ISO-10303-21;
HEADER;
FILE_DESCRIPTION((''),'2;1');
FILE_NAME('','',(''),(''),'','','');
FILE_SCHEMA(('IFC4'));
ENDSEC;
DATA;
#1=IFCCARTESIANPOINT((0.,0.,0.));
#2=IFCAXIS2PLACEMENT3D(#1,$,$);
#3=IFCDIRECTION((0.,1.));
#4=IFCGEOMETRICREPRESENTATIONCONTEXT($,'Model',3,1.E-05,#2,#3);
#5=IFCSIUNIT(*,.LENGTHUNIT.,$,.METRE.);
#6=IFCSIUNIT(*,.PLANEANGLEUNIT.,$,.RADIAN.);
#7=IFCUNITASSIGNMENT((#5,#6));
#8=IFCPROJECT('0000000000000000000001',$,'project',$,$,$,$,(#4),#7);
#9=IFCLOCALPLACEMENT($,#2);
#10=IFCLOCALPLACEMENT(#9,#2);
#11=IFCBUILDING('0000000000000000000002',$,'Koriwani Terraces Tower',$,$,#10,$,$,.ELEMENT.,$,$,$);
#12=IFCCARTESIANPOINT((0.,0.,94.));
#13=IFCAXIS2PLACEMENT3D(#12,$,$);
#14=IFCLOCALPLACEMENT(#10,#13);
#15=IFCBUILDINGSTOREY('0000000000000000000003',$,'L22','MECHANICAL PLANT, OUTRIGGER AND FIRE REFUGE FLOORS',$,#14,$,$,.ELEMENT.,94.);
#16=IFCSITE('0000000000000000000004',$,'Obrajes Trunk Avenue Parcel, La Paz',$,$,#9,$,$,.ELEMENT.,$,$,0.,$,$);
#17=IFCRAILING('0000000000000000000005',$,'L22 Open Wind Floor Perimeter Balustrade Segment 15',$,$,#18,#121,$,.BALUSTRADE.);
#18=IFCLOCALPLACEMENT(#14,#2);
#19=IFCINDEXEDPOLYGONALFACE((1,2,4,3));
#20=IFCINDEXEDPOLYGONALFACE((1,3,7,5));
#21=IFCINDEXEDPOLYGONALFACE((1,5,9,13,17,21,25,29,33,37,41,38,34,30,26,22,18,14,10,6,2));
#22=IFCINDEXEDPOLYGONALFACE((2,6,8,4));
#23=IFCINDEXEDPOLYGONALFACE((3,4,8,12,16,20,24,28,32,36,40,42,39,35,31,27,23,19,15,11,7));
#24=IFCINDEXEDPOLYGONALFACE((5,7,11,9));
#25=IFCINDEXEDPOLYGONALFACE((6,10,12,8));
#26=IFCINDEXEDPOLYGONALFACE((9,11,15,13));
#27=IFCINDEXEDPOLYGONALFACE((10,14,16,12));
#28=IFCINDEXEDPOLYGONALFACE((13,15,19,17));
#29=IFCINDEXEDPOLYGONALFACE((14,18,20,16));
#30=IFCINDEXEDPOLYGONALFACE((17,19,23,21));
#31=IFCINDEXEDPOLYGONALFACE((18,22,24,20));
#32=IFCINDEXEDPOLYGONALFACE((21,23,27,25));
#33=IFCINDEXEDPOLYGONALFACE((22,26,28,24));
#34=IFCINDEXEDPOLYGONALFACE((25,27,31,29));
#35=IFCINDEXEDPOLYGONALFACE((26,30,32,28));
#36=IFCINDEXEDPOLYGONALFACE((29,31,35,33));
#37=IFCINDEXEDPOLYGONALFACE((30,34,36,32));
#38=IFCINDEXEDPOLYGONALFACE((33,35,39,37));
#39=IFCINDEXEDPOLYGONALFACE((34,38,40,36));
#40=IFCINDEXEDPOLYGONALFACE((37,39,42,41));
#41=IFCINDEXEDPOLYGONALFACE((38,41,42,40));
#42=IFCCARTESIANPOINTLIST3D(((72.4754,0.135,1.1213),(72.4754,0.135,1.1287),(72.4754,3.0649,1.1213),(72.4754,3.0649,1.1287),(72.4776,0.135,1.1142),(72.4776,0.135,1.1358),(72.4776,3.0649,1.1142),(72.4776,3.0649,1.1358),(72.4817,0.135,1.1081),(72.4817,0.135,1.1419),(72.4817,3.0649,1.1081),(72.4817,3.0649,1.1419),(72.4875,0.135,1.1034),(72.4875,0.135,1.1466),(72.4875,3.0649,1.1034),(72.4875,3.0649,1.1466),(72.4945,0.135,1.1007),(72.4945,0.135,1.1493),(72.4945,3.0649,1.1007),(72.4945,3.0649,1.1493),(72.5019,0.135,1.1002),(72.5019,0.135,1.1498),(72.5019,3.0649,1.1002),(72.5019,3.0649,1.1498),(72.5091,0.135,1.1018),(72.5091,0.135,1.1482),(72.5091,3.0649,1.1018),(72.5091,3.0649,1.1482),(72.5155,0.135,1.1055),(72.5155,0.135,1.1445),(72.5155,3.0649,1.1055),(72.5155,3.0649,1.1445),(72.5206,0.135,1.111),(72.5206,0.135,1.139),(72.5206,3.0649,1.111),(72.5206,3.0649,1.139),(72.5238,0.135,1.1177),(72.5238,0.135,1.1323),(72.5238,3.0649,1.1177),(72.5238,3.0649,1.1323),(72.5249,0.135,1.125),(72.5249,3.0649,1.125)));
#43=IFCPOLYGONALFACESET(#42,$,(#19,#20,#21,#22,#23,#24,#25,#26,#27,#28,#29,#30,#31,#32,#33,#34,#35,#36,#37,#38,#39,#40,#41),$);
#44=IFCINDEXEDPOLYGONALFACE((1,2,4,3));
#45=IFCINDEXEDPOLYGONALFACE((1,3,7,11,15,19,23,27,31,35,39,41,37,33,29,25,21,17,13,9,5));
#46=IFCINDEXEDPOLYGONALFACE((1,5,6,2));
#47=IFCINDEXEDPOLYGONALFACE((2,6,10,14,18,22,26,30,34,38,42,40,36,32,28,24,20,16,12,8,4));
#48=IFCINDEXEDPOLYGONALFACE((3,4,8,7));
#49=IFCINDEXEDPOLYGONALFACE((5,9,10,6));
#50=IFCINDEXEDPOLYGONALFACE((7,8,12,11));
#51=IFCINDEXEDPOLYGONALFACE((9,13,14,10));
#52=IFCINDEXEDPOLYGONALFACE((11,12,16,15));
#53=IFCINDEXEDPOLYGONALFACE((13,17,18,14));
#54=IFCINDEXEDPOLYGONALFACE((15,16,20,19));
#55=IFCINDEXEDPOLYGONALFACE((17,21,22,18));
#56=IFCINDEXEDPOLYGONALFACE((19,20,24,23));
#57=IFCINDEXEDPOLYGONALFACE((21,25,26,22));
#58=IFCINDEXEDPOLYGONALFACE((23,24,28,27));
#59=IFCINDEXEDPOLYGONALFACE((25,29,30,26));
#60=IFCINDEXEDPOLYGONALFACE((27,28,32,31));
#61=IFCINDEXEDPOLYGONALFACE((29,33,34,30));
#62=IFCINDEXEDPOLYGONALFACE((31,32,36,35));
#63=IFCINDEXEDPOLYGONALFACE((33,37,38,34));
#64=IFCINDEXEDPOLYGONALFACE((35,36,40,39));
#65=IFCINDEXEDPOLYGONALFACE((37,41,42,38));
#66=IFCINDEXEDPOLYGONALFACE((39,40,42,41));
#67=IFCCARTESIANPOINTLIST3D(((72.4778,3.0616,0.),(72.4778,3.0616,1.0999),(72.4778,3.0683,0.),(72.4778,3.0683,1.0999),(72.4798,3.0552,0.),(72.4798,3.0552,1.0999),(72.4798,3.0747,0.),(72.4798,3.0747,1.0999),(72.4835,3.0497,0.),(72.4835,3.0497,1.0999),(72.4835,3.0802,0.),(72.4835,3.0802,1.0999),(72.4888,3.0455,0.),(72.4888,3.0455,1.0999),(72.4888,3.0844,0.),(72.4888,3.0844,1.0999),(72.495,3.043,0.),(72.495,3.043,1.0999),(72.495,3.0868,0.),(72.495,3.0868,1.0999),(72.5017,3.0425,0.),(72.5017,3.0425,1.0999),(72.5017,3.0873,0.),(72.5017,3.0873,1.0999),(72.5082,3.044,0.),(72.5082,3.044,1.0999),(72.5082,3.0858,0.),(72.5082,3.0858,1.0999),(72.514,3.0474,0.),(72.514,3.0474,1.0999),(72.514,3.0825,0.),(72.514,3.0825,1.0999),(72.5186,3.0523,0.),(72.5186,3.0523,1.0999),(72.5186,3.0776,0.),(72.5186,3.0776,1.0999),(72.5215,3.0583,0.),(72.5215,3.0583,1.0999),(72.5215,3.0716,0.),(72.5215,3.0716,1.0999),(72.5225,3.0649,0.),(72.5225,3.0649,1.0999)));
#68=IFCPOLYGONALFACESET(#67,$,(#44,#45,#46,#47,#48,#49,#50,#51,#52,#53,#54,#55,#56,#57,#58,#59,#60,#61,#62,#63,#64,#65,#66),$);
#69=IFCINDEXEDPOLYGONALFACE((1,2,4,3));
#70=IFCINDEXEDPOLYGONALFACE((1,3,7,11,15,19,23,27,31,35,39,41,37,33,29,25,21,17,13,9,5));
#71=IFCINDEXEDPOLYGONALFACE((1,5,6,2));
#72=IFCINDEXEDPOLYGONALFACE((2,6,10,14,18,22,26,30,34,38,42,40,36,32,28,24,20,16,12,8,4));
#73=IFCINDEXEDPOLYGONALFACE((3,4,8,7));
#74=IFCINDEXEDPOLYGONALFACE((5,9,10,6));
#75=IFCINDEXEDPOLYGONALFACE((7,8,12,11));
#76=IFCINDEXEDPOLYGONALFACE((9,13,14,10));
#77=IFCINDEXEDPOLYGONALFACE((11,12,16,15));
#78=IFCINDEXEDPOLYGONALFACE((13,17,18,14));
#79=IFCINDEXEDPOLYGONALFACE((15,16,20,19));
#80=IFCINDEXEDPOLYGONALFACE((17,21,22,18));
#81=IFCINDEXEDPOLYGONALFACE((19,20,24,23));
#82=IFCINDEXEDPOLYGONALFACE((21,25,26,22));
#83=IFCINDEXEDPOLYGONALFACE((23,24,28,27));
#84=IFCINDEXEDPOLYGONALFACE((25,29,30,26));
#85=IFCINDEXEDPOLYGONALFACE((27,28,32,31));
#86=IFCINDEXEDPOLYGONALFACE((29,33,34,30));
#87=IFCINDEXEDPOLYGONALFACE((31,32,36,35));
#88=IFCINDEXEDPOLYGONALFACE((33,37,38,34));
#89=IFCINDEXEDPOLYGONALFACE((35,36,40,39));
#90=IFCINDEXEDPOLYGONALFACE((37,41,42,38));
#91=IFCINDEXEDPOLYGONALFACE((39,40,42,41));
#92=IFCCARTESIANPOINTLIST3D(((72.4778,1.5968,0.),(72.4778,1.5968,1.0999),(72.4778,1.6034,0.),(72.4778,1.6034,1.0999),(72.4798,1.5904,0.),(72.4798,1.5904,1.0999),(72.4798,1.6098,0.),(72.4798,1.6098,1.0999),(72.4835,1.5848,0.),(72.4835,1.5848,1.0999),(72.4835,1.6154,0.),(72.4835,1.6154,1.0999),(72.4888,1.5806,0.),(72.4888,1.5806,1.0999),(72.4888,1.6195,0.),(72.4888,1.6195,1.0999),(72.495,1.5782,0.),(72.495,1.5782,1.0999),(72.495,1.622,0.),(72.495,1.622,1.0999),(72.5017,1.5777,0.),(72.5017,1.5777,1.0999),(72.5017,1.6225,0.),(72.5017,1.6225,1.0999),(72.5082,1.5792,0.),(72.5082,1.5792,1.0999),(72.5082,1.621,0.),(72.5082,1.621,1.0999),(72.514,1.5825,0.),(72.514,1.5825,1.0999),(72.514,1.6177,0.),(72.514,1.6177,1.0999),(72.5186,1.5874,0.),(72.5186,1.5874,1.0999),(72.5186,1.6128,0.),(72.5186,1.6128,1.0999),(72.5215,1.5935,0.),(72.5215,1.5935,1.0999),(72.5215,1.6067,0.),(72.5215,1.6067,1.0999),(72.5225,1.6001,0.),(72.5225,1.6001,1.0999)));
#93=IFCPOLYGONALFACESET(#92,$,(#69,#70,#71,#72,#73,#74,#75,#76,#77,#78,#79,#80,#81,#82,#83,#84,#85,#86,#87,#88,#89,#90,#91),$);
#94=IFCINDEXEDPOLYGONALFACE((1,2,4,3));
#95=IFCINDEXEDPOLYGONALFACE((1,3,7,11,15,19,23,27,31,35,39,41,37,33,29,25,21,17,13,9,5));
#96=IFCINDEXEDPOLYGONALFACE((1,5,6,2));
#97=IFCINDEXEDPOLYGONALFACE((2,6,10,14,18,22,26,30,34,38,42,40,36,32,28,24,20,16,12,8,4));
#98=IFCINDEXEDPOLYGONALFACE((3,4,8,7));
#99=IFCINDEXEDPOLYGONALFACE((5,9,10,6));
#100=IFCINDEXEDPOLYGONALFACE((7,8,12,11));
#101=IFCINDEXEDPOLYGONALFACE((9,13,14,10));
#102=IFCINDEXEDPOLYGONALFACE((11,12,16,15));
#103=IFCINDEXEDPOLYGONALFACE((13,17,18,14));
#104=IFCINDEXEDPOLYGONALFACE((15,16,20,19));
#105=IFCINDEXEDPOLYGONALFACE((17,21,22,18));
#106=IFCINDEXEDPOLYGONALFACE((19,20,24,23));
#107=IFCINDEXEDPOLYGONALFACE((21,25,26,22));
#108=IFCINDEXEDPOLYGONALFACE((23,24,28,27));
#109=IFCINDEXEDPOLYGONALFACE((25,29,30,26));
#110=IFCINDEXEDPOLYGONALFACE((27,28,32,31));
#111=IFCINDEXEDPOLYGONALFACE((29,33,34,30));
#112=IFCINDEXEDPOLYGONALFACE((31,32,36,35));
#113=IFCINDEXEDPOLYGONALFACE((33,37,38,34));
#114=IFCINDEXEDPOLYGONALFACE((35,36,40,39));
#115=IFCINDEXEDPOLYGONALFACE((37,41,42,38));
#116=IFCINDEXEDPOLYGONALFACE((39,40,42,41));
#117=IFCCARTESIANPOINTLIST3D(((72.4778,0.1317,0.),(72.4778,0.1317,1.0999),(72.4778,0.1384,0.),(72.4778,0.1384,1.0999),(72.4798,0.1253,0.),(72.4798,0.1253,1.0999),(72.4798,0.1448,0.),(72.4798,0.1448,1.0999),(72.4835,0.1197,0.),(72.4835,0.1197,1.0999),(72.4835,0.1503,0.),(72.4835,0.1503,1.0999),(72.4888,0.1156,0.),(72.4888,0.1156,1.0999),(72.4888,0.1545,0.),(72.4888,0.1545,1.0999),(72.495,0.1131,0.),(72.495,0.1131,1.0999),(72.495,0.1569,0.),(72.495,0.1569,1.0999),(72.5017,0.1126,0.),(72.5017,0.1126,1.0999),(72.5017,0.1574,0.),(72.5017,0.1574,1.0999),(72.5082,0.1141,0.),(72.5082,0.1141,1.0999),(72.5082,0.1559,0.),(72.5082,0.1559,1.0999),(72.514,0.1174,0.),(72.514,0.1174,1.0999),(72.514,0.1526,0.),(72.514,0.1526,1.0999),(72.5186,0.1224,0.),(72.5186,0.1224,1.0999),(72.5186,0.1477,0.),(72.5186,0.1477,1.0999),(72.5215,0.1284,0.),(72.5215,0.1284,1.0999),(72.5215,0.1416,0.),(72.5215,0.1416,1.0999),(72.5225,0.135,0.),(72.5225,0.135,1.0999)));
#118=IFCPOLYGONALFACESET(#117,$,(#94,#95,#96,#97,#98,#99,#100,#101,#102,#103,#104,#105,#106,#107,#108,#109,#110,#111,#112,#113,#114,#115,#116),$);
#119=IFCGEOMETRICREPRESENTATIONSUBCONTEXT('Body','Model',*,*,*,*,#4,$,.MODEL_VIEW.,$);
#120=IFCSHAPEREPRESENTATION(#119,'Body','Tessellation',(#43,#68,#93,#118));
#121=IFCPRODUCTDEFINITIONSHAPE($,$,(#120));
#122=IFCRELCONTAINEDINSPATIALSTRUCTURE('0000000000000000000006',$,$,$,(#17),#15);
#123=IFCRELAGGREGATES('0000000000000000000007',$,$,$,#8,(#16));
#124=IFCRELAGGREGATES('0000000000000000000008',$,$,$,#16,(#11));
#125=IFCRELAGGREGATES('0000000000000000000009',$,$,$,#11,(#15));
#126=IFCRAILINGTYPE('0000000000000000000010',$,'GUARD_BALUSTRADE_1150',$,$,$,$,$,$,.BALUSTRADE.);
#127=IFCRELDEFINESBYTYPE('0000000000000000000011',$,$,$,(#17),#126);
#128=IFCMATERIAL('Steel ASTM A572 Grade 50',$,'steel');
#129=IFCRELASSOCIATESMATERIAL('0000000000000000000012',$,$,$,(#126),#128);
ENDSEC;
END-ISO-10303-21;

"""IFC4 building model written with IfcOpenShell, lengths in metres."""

from ifc_helpers import new_model, si_unit, direction, frame, origin, origin_2d, place, context, subcontext, project, spatial, circle, extrude, material, type_object, element, save


model = new_model("IFC4")

# Units and contexts
model_context = context("Model", 3, precision=1e-05, world=origin(), true_north=direction((0.0, 1.0)))
body_context = subcontext(model_context, "Body", "Model", "MODEL_VIEW")
ifc_project = project(units=[si_unit("LENGTHUNIT", "METRE"), si_unit("PLANEANGLEUNIT", "RADIAN")], contexts=[model_context])

# Site, building, storey
site_placement = place(None, origin())
site = spatial("IfcSite", under=ifc_project, at=site_placement, Name="Obrajes Trunk Avenue Parcel, La Paz", CompositionType="ELEMENT", RefElevation=0.0)
building_placement = place(site_placement, origin())
building = spatial("IfcBuilding", under=site, at=building_placement, Name="Koriwani Terraces Tower", CompositionType="ELEMENT")
storey_placement = place(building_placement, frame((0.0, 0.0, 94.0)))
storey = spatial("IfcBuildingStorey", under=building, at=storey_placement, Name="L22", Description="MECHANICAL PLANT, OUTRIGGER AND FIRE REFUGE FLOORS", CompositionType="ELEMENT", Elevation=94.0)

# Shared definitions
ifc_material_1 = material(Name="Steel ASTM A572 Grade 50", Category="steel")

# Railing
railing_type = type_object("IfcRailingType", Name="GUARD_BALUSTRADE_1150", PredefinedType="BALUSTRADE", material=ifc_material_1)
railing_1_placement = place(storey_placement, frame((72.5, 3.0649, 0.0)))
element("IfcRailing", 1, at=railing_1_placement, inside=storey, type_object=railing_type, Name="L22 Open Wind Floor Perimeter Balustrade Segment 15", PredefinedType="BALUSTRADE", context=body_context, shape_type="SweptSolid", body=[
    extrude(circle(Radius=0.0249, at=origin_2d()), frame((0.0, 0.0, 1.125), z_axis=(0.0, -1.0, 0.0), x_axis=(1.0, 0.0, 0.0)), (0.0, 0.0, 1.0), 2.9299),
    extrude(circle(Radius=0.0225, at=origin_2d()), origin(), (0.0, 0.0, 1.0), 1.0999),
    extrude(circle(Radius=0.0225, at=origin_2d()), frame((0.0, -1.4648, 0.0)), (0.0, 0.0, 1.0), 1.0999),
    extrude(circle(Radius=0.0225, at=origin_2d()), frame((0.0, -2.9299, 0.0)), (0.0, 0.0, 1.0), 1.0999),
])

save(model, "model.ifc")
